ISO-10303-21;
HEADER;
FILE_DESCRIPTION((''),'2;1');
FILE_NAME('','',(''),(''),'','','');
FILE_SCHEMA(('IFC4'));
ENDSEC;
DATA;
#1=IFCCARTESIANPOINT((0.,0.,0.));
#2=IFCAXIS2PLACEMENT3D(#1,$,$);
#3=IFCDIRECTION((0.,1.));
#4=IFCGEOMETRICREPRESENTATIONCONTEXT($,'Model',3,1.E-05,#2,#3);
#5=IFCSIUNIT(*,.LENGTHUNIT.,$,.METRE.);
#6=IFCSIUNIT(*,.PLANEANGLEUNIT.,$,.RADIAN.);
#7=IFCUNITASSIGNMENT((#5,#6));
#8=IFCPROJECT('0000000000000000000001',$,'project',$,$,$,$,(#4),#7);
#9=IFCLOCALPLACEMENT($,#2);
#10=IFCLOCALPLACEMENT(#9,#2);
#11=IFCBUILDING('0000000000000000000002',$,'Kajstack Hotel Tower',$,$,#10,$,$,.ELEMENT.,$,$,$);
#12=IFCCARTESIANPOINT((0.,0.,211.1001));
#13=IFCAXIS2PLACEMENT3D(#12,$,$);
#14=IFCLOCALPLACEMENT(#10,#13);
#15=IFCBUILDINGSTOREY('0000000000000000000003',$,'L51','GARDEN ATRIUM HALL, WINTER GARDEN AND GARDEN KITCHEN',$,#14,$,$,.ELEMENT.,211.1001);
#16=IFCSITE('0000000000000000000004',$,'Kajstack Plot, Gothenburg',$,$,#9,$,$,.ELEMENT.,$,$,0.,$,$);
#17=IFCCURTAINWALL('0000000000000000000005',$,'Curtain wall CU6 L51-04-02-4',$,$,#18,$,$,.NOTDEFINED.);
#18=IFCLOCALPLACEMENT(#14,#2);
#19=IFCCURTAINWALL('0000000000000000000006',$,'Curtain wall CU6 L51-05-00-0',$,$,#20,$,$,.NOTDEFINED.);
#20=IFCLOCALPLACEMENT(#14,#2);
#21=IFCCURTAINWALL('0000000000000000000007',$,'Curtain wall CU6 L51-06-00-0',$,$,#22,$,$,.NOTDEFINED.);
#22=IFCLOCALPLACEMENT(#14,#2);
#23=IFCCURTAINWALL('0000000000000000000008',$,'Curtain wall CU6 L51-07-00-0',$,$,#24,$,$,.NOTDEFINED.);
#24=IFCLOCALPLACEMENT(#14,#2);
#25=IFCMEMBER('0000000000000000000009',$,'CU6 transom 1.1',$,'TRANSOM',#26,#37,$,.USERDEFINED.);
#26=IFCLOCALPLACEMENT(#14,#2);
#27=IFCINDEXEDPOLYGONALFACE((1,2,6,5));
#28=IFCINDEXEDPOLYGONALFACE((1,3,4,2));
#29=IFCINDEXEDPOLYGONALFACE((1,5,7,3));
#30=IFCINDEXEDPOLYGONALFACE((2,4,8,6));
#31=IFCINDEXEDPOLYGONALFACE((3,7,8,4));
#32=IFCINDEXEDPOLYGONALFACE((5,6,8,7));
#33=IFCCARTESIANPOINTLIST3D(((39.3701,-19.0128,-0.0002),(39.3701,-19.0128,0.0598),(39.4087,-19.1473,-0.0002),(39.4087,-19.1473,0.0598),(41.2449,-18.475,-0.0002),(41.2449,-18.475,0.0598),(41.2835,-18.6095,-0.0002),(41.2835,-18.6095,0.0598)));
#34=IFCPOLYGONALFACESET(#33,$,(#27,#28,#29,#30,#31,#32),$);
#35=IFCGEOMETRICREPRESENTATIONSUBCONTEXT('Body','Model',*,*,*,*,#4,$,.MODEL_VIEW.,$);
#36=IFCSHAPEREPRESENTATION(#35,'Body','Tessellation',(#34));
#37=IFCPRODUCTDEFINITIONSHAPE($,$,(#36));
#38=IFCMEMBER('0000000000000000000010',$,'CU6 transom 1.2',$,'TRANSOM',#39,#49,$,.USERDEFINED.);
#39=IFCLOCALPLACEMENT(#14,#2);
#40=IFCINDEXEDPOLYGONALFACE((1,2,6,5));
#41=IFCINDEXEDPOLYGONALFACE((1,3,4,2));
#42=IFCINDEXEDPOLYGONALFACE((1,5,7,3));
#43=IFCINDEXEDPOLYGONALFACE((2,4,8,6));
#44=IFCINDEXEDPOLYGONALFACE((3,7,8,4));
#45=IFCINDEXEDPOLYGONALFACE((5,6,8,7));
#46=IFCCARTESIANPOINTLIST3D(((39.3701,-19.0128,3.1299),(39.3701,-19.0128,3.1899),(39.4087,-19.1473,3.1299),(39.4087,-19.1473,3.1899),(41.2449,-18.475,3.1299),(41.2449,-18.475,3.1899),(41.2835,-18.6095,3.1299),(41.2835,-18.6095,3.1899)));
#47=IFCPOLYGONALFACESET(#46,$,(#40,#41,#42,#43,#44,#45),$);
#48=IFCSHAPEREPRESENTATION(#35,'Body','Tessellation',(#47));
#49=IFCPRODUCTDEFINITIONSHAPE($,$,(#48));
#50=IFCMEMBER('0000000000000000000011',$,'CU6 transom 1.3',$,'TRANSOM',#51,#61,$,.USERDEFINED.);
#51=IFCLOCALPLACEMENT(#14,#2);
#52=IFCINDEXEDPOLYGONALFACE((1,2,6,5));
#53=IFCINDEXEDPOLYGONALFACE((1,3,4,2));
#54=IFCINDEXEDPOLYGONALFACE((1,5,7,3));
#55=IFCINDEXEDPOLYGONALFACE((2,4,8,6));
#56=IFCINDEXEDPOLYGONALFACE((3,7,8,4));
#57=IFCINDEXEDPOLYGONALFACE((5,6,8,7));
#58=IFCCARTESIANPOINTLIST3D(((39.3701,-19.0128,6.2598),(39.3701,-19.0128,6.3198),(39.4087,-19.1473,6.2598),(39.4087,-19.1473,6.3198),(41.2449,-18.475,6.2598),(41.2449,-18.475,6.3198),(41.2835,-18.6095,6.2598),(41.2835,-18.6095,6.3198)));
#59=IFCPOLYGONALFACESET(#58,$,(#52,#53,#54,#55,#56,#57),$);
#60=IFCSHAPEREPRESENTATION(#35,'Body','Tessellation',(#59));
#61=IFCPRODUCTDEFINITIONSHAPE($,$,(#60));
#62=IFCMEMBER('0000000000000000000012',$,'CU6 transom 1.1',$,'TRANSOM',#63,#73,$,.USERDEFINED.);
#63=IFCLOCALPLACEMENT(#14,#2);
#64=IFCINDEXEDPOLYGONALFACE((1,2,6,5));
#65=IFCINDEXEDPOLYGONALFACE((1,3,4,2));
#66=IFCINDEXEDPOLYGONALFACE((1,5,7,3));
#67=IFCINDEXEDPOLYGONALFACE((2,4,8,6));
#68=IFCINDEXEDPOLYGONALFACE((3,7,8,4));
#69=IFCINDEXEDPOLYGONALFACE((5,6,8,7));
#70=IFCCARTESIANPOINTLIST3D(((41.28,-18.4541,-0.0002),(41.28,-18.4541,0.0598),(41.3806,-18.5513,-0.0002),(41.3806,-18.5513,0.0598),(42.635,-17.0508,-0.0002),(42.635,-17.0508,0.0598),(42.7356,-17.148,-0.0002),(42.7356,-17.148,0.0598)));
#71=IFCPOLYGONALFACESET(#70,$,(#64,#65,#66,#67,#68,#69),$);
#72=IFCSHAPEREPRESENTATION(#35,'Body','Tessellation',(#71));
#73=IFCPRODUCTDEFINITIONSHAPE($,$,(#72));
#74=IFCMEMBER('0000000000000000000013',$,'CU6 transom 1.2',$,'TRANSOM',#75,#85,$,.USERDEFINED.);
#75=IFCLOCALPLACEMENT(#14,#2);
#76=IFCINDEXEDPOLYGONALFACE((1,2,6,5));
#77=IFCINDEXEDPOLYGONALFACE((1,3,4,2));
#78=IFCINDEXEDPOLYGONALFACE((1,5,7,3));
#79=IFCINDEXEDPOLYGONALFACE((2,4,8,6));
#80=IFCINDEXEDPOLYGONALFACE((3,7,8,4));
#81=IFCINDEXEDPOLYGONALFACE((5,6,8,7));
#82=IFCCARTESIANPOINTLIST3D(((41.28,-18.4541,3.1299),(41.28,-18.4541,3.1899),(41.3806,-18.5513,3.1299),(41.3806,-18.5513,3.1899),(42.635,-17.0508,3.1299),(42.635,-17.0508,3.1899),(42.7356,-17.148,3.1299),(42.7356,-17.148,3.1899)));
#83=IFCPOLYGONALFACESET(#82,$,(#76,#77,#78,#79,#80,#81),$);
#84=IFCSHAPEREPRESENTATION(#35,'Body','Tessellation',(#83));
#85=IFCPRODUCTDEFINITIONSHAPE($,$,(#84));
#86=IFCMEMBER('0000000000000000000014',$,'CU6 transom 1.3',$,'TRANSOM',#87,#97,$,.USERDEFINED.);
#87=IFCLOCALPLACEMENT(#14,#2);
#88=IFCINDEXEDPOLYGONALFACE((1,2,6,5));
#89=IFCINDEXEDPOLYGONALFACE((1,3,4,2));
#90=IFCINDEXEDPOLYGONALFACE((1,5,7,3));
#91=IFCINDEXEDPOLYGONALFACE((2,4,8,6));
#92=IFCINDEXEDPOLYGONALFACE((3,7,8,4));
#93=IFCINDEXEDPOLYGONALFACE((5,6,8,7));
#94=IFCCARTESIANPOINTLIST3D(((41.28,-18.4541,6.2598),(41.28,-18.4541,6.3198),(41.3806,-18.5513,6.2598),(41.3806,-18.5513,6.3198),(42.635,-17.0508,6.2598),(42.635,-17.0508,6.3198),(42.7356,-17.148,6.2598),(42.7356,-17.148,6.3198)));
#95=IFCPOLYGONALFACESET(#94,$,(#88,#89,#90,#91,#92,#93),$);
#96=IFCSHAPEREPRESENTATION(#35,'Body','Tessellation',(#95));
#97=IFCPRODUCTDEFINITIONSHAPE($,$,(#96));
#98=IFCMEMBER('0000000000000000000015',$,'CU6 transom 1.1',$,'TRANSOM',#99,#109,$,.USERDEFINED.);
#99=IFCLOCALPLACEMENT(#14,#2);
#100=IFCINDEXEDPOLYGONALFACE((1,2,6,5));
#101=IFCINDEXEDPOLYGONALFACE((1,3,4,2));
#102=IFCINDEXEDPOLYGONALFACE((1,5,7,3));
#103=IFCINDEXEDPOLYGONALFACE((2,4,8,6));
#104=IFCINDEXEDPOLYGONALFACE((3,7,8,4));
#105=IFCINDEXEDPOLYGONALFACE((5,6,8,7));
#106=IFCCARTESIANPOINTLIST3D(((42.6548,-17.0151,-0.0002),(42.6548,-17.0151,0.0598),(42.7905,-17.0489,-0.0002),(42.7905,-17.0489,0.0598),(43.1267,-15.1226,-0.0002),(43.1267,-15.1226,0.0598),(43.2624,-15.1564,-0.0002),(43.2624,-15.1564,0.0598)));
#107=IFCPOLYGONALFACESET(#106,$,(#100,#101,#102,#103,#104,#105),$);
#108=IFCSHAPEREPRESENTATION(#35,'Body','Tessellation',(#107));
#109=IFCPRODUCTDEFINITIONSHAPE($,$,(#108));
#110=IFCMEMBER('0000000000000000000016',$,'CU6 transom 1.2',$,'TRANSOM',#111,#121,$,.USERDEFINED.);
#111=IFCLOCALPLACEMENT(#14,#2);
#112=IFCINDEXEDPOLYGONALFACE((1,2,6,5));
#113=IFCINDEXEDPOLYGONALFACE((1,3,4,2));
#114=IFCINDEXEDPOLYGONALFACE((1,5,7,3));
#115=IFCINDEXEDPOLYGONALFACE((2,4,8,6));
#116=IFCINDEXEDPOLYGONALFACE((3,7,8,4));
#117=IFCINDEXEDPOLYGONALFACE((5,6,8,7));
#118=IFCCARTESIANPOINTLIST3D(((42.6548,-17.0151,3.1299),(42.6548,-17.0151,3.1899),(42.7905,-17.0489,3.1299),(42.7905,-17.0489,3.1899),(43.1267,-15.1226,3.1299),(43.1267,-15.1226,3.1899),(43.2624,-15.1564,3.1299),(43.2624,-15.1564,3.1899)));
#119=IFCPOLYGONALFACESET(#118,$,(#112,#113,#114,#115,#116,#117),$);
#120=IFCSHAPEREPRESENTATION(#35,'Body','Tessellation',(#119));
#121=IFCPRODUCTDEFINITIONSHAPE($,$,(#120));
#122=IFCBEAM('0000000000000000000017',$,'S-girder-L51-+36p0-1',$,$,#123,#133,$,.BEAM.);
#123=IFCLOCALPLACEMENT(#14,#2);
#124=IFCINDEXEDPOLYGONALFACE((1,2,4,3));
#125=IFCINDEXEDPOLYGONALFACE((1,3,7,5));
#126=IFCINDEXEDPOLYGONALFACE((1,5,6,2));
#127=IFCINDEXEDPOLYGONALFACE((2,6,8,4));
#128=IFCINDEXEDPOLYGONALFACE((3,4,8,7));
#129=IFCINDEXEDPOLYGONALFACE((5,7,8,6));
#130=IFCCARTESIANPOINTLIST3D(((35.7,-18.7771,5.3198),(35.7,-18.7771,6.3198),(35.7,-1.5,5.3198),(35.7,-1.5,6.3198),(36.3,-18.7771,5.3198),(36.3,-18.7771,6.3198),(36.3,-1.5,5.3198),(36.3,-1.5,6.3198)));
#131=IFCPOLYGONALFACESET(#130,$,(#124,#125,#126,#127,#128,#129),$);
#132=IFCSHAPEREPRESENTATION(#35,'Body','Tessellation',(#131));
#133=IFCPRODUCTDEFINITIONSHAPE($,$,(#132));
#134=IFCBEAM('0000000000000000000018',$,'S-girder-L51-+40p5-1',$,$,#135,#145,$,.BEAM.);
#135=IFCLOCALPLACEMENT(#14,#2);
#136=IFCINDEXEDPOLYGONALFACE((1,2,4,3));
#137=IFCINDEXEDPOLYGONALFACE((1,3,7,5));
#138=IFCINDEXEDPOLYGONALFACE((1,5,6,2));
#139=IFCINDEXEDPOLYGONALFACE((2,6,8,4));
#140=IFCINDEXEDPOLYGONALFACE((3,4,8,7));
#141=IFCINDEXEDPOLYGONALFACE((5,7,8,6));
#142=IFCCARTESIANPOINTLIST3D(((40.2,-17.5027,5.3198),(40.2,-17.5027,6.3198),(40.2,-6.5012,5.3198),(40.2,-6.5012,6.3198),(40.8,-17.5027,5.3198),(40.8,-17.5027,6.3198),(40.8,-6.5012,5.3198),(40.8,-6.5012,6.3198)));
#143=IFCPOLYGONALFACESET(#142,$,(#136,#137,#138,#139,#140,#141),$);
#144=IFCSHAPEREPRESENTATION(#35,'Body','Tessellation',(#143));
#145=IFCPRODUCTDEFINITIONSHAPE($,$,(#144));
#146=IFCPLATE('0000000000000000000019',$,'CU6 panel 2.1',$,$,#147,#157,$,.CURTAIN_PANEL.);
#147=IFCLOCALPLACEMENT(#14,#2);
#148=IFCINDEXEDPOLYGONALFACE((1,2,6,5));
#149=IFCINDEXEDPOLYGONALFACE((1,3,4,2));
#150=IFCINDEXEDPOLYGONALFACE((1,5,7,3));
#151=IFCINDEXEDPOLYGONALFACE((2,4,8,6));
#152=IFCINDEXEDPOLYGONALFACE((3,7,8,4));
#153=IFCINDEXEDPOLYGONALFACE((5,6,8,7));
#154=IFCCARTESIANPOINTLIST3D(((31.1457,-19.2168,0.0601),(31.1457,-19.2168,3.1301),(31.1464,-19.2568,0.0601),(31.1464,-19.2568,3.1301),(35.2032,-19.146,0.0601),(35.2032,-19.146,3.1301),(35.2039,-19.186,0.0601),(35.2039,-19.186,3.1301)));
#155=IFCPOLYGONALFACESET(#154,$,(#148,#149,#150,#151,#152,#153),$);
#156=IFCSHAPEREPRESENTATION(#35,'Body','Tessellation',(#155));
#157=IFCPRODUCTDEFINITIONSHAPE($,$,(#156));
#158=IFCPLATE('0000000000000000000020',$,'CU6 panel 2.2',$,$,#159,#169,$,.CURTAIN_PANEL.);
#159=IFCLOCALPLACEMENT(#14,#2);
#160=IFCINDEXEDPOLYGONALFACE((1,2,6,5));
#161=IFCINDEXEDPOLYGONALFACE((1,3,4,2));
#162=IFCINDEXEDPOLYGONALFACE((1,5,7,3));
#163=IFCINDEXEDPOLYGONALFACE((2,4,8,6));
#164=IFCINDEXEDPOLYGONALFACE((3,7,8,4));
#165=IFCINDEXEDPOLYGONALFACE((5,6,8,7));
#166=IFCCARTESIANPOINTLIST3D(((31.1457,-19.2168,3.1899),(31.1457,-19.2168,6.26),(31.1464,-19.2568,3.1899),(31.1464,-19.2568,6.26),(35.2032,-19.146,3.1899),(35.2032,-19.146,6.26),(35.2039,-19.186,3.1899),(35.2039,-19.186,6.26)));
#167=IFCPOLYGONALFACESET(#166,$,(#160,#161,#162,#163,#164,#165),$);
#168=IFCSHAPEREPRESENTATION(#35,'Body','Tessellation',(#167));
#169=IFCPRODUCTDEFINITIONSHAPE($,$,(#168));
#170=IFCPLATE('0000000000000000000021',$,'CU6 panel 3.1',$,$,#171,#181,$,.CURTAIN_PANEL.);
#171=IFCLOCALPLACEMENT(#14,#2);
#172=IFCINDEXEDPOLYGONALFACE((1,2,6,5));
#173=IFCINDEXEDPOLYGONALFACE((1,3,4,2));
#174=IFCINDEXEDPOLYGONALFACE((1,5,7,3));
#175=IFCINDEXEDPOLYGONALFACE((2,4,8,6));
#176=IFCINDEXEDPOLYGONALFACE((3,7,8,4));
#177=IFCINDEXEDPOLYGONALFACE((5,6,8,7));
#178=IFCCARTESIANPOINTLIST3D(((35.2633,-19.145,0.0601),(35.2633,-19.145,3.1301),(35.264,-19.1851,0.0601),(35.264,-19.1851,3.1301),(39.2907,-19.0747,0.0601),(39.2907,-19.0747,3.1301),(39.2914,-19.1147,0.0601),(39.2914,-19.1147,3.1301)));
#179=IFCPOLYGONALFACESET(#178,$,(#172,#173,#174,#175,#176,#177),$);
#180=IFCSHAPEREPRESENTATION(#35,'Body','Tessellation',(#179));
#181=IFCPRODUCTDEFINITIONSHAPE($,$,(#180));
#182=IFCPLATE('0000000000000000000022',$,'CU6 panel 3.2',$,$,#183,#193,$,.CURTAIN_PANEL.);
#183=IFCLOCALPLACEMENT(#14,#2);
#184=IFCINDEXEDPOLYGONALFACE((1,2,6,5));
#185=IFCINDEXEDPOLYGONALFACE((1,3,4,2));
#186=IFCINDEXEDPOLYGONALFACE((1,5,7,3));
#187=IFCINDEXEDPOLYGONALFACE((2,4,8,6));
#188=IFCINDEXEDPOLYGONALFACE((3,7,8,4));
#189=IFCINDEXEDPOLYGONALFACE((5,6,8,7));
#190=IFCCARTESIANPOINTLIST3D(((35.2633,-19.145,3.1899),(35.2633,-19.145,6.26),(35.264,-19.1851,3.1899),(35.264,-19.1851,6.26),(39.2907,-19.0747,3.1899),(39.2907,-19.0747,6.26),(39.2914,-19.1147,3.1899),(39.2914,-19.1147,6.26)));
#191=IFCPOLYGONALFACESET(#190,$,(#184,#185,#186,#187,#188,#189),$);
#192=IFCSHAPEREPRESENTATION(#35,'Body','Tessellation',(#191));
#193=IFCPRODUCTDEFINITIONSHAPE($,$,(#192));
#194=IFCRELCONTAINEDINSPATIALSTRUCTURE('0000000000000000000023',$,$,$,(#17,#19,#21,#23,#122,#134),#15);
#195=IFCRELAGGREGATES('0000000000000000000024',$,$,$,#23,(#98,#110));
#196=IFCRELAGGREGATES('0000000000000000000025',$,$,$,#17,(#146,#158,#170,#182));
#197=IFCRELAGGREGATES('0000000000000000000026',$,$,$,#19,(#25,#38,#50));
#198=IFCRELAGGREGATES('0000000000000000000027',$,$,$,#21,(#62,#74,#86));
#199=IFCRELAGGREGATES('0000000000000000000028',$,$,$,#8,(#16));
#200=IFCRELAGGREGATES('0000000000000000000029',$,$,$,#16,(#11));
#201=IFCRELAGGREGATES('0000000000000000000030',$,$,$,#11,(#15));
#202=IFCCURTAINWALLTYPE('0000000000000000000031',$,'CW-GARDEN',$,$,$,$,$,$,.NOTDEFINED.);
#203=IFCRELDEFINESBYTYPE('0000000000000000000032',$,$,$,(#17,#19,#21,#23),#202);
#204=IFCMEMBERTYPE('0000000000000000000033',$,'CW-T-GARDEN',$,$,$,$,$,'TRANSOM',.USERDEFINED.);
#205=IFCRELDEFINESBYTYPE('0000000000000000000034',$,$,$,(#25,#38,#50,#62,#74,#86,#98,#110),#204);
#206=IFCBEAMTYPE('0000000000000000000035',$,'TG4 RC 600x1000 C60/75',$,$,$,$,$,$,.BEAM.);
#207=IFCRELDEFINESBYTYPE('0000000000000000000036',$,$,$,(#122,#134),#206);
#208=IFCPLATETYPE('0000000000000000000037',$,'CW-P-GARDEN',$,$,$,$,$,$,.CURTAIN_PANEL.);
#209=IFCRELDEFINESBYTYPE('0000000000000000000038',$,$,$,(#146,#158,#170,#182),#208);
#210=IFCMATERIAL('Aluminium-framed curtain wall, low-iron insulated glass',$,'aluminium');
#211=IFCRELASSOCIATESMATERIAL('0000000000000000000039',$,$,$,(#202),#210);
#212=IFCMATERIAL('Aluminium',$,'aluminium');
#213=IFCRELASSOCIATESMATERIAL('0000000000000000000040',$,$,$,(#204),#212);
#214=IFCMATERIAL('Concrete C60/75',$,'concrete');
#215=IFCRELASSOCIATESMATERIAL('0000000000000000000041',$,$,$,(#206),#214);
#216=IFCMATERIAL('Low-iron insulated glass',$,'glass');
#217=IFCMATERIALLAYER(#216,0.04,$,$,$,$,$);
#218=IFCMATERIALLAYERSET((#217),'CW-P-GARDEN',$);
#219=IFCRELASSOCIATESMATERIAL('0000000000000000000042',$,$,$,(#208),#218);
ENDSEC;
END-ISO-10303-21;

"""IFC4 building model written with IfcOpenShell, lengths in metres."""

from ifc_helpers import new_model, si_unit, direction, frame, origin, origin_2d, place, context, subcontext, project, spatial, rectangle, extrude, material, layer, layer_set, material_profile, profile_set, type_object, element, aggregate, save


model = new_model("IFC4")

# Units and contexts
model_context = context("Model", 3, precision=1e-05, world=origin(), true_north=direction((0.0, 1.0)))
body_context = subcontext(model_context, "Body", "Model", "MODEL_VIEW")
ifc_project = project(units=[si_unit("LENGTHUNIT", "METRE"), si_unit("PLANEANGLEUNIT", "RADIAN")], contexts=[model_context])

# Site, building, storey
site_placement = place(None, origin())
site = spatial("IfcSite", under=ifc_project, at=site_placement, Name="Kajstack Plot, Gothenburg", CompositionType="ELEMENT", RefElevation=0.0)
building_placement = place(site_placement, origin())
building = spatial("IfcBuilding", under=site, at=building_placement, Name="Kajstack Hotel Tower", CompositionType="ELEMENT")
storey_placement = place(building_placement, frame((0.0, 0.0, 211.1001)))
storey = spatial("IfcBuildingStorey", under=building, at=storey_placement, Name="L51", Description="GARDEN ATRIUM HALL, WINTER GARDEN AND GARDEN KITCHEN", CompositionType="ELEMENT", Elevation=211.1001)

# Curtain walls
ifc_material_1 = material(Name="Aluminium-framed curtain wall, low-iron insulated glass", Category="aluminium")
curtain_wall_type = type_object("IfcCurtainWallType", Name="CW-GARDEN", PredefinedType="NOTDEFINED", material=ifc_material_1)
curtain_wall_1_placement = place(storey_placement, origin())
curtain_wall_1 = element("IfcCurtainWall", 1, at=curtain_wall_1_placement, inside=storey, type_object=curtain_wall_type, Name="Curtain wall CU6 L51-04-02-4", PredefinedType="NOTDEFINED")
ifc_material_2 = material(Name="Aluminium", Category="aluminium")
curtain_wall_2_placement = place(storey_placement, origin())
curtain_wall_2 = element("IfcCurtainWall", 2, at=curtain_wall_2_placement, inside=storey, type_object=curtain_wall_type, Name="Curtain wall CU6 L51-05-00-0", PredefinedType="NOTDEFINED")
curtain_wall_3_placement = place(storey_placement, origin())
curtain_wall_3 = element("IfcCurtainWall", 3, at=curtain_wall_3_placement, inside=storey, type_object=curtain_wall_type, Name="Curtain wall CU6 L51-06-00-0", PredefinedType="NOTDEFINED")

# Curtain wall
curtain_wall_4_placement = place(storey_placement, origin())
curtain_wall_4 = element("IfcCurtainWall", 4, at=curtain_wall_4_placement, inside=storey, type_object=curtain_wall_type, Name="Curtain wall CU6 L51-07-00-0", PredefinedType="NOTDEFINED")

# Members
ifc_material_profile_1 = material_profile(ifc_material_2, rectangle(XDim=0.1399, YDim=0.0601, at=origin_2d()), Name="Aluminium transom 140 x 60")
ifc_profile_set_1 = profile_set([ifc_material_profile_1], Name="Aluminium")
member_type_1 = type_object("IfcMemberType", Name="CW-T-GARDEN", ElementType="TRANSOM", PredefinedType="USERDEFINED", material=ifc_profile_set_1)
member_1_placement = place(storey_placement, frame((39.3894, -19.0801, 0.0298), z_axis=(0.961226, 0.275763, 0.0), x_axis=(-0.275763, 0.961226, 0.0)))
member_1 = element("IfcMember", 5, at=member_1_placement, type_object=member_type_1, Name="CU6 transom 1.1", ObjectType="TRANSOM", PredefinedType="USERDEFINED", context=body_context, shape_type="SweptSolid", body=[
    extrude(rectangle(XDim=0.1399, YDim=0.0601, at=origin_2d()), origin(), (0.0, 0.0, 1.0), 1.9504),
])
member_2_placement = place(storey_placement, frame((39.3894, -19.0801, 3.1599), z_axis=(0.961226, 0.275763, 0.0), x_axis=(-0.275763, 0.961226, 0.0)))
member_2 = element("IfcMember", 6, at=member_2_placement, type_object=member_type_1, Name="CU6 transom 1.2", ObjectType="TRANSOM", PredefinedType="USERDEFINED", context=body_context, shape_type="SweptSolid", body=[
    extrude(rectangle(XDim=0.1399, YDim=0.0601, at=origin_2d()), origin(), (0.0, 0.0, 1.0), 1.9504),
])
member_3_placement = place(storey_placement, frame((39.3894, -19.0801, 6.2898), z_axis=(0.961226, 0.275763, 0.0), x_axis=(-0.275763, 0.961226, 0.0)))
member_3 = element("IfcMember", 7, at=member_3_placement, type_object=member_type_1, Name="CU6 transom 1.3", ObjectType="TRANSOM", PredefinedType="USERDEFINED", context=body_context, shape_type="SweptSolid", body=[
    extrude(rectangle(XDim=0.1399, YDim=0.0601, at=origin_2d()), origin(), (0.0, 0.0, 1.0), 1.9504),
])
member_4_placement = place(storey_placement, frame((41.3303, -18.5027, 0.0298), z_axis=(0.694608, 0.719389, 0.0), x_axis=(-0.719389, 0.694608, 0.0)))
member_4 = element("IfcMember", 8, at=member_4_placement, type_object=member_type_1, Name="CU6 transom 1.1", ObjectType="TRANSOM", PredefinedType="USERDEFINED", context=body_context, shape_type="SweptSolid", body=[
    extrude(rectangle(XDim=0.1399, YDim=0.0601, at=origin_2d()), origin(), (0.0, 0.0, 1.0), 1.9507),
])
member_5_placement = place(storey_placement, frame((41.3303, -18.5027, 3.1599), z_axis=(0.694608, 0.719389, 0.0), x_axis=(-0.719389, 0.694608, 0.0)))
member_5 = element("IfcMember", 9, at=member_5_placement, type_object=member_type_1, Name="CU6 transom 1.2", ObjectType="TRANSOM", PredefinedType="USERDEFINED", context=body_context, shape_type="SweptSolid", body=[
    extrude(rectangle(XDim=0.1399, YDim=0.0601, at=origin_2d()), origin(), (0.0, 0.0, 1.0), 1.9507),
])
member_6_placement = place(storey_placement, frame((41.3303, -18.5027, 6.2898), z_axis=(0.694608, 0.719389, 0.0), x_axis=(-0.719389, 0.694608, 0.0)))
member_6 = element("IfcMember", 10, at=member_6_placement, type_object=member_type_1, Name="CU6 transom 1.3", ObjectType="TRANSOM", PredefinedType="USERDEFINED", context=body_context, shape_type="SweptSolid", body=[
    extrude(rectangle(XDim=0.1399, YDim=0.0601, at=origin_2d()), origin(), (0.0, 0.0, 1.0), 1.9507),
])
member_7_placement = place(storey_placement, frame((42.7227, -17.032, 0.0298), z_axis=(0.241947, 0.97029, 0.0), x_axis=(-0.97029, 0.241947, 0.0)))
member_7 = element("IfcMember", 11, at=member_7_placement, type_object=member_type_1, Name="CU6 transom 1.1", ObjectType="TRANSOM", PredefinedType="USERDEFINED", context=body_context, shape_type="SweptSolid", body=[
    extrude(rectangle(XDim=0.1399, YDim=0.0601, at=origin_2d()), origin(), (0.0, 0.0, 1.0), 1.9504),
])
member_8_placement = place(storey_placement, frame((42.7227, -17.032, 3.1599), z_axis=(0.241947, 0.97029, 0.0), x_axis=(-0.97029, 0.241947, 0.0)))
member_8 = element("IfcMember", 12, at=member_8_placement, type_object=member_type_1, Name="CU6 transom 1.2", ObjectType="TRANSOM", PredefinedType="USERDEFINED", context=body_context, shape_type="SweptSolid", body=[
    extrude(rectangle(XDim=0.1399, YDim=0.0601, at=origin_2d()), origin(), (0.0, 0.0, 1.0), 1.9504),
])
aggregate(curtain_wall_4, [member_7, member_8])

# Beams
ifc_material_3 = material(Name="Concrete C60/75", Category="concrete")
ifc_material_profile_2 = material_profile(ifc_material_3, rectangle(XDim=0.6001, YDim=1.0, at=origin_2d()), Name="RC 600x1000")
ifc_profile_set_2 = profile_set([ifc_material_profile_2], Name="Concrete C60/75")
beam_type = type_object("IfcBeamType", Name="TG4 RC 600x1000 C60/75", PredefinedType="BEAM", material=ifc_profile_set_2)
beam_1_placement = place(storey_placement, frame((36.0, -18.7771, 5.8198), z_axis=(0.0, 1.0, 0.0), x_axis=(-1.0, 0.0, 0.0)))
element("IfcBeam", 13, at=beam_1_placement, inside=storey, type_object=beam_type, Name="S-girder-L51-+36p0-1", PredefinedType="BEAM", context=body_context, shape_type="SweptSolid", body=[
    extrude(rectangle(XDim=0.6001, YDim=1.0, at=origin_2d()), origin(), (0.0, 0.0, 1.0), 17.2771),
])
beam_2_placement = place(storey_placement, frame((40.5, -17.5027, 5.8198), z_axis=(0.0, 1.0, 0.0), x_axis=(-1.0, 0.0, 0.0)))
element("IfcBeam", 14, at=beam_2_placement, inside=storey, type_object=beam_type, Name="S-girder-L51-+40p5-1", PredefinedType="BEAM", context=body_context, shape_type="SweptSolid", body=[
    extrude(rectangle(XDim=0.6001, YDim=1.0, at=origin_2d()), origin(), (0.0, 0.0, 1.0), 11.0015),
])

# Plates
ifc_material_4 = material(Name="Low-iron insulated glass", Category="glass")
ifc_layer_1 = layer(ifc_material_4, 0.04)
ifc_layer_set_1 = layer_set([ifc_layer_1], Name="CW-P-GARDEN")
plate_type = type_object("IfcPlateType", Name="CW-P-GARDEN", PredefinedType="CURTAIN_PANEL", material=ifc_layer_set_1)
plate_1_placement = place(storey_placement, frame((33.1748, -19.2014, 0.0601), z_axis=(0.0, 0.0, 1.0), x_axis=(0.999848, 0.017453, 0.0)))
plate_1 = element("IfcPlate", 15, at=plate_1_placement, type_object=plate_type, Name="CU6 panel 2.1", PredefinedType="CURTAIN_PANEL", context=body_context, shape_type="SweptSolid", body=[
    extrude(rectangle(XDim=4.0581, YDim=0.04, at=origin_2d()), origin(), (0.0, 0.0, 1.0), 3.0701),
])
plate_2_placement = place(storey_placement, frame((33.1748, -19.2014, 3.1899), z_axis=(0.0, 0.0, 1.0), x_axis=(0.999848, 0.017453, 0.0)))
plate_2 = element("IfcPlate", 16, at=plate_2_placement, type_object=plate_type, Name="CU6 panel 2.2", PredefinedType="CURTAIN_PANEL", context=body_context, shape_type="SweptSolid", body=[
    extrude(rectangle(XDim=4.0581, YDim=0.04, at=origin_2d()), origin(), (0.0, 0.0, 1.0), 3.0701),
])
plate_3_placement = place(storey_placement, frame((37.2773, -19.1299, 0.0601), z_axis=(0.0, 0.0, 1.0), x_axis=(0.999848, 0.017453, 0.0)))
plate_3 = element("IfcPlate", 17, at=plate_3_placement, type_object=plate_type, Name="CU6 panel 3.1", PredefinedType="CURTAIN_PANEL", context=body_context, shape_type="SweptSolid", body=[
    extrude(rectangle(XDim=4.0281, YDim=0.04, at=origin_2d()), origin(), (0.0, 0.0, 1.0), 3.0701),
])
plate_4_placement = place(storey_placement, frame((37.2773, -19.1299, 3.1899), z_axis=(0.0, 0.0, 1.0), x_axis=(0.999848, 0.017453, 0.0)))
plate_4 = element("IfcPlate", 18, at=plate_4_placement, type_object=plate_type, Name="CU6 panel 3.2", PredefinedType="CURTAIN_PANEL", context=body_context, shape_type="SweptSolid", body=[
    extrude(rectangle(XDim=4.0281, YDim=0.04, at=origin_2d()), origin(), (0.0, 0.0, 1.0), 3.0701),
])
aggregate(curtain_wall_1, [plate_1, plate_2, plate_3, plate_4])
aggregate(curtain_wall_2, [member_1, member_2, member_3])
aggregate(curtain_wall_3, [member_4, member_5, member_6])

save(model, "model.ifc")
